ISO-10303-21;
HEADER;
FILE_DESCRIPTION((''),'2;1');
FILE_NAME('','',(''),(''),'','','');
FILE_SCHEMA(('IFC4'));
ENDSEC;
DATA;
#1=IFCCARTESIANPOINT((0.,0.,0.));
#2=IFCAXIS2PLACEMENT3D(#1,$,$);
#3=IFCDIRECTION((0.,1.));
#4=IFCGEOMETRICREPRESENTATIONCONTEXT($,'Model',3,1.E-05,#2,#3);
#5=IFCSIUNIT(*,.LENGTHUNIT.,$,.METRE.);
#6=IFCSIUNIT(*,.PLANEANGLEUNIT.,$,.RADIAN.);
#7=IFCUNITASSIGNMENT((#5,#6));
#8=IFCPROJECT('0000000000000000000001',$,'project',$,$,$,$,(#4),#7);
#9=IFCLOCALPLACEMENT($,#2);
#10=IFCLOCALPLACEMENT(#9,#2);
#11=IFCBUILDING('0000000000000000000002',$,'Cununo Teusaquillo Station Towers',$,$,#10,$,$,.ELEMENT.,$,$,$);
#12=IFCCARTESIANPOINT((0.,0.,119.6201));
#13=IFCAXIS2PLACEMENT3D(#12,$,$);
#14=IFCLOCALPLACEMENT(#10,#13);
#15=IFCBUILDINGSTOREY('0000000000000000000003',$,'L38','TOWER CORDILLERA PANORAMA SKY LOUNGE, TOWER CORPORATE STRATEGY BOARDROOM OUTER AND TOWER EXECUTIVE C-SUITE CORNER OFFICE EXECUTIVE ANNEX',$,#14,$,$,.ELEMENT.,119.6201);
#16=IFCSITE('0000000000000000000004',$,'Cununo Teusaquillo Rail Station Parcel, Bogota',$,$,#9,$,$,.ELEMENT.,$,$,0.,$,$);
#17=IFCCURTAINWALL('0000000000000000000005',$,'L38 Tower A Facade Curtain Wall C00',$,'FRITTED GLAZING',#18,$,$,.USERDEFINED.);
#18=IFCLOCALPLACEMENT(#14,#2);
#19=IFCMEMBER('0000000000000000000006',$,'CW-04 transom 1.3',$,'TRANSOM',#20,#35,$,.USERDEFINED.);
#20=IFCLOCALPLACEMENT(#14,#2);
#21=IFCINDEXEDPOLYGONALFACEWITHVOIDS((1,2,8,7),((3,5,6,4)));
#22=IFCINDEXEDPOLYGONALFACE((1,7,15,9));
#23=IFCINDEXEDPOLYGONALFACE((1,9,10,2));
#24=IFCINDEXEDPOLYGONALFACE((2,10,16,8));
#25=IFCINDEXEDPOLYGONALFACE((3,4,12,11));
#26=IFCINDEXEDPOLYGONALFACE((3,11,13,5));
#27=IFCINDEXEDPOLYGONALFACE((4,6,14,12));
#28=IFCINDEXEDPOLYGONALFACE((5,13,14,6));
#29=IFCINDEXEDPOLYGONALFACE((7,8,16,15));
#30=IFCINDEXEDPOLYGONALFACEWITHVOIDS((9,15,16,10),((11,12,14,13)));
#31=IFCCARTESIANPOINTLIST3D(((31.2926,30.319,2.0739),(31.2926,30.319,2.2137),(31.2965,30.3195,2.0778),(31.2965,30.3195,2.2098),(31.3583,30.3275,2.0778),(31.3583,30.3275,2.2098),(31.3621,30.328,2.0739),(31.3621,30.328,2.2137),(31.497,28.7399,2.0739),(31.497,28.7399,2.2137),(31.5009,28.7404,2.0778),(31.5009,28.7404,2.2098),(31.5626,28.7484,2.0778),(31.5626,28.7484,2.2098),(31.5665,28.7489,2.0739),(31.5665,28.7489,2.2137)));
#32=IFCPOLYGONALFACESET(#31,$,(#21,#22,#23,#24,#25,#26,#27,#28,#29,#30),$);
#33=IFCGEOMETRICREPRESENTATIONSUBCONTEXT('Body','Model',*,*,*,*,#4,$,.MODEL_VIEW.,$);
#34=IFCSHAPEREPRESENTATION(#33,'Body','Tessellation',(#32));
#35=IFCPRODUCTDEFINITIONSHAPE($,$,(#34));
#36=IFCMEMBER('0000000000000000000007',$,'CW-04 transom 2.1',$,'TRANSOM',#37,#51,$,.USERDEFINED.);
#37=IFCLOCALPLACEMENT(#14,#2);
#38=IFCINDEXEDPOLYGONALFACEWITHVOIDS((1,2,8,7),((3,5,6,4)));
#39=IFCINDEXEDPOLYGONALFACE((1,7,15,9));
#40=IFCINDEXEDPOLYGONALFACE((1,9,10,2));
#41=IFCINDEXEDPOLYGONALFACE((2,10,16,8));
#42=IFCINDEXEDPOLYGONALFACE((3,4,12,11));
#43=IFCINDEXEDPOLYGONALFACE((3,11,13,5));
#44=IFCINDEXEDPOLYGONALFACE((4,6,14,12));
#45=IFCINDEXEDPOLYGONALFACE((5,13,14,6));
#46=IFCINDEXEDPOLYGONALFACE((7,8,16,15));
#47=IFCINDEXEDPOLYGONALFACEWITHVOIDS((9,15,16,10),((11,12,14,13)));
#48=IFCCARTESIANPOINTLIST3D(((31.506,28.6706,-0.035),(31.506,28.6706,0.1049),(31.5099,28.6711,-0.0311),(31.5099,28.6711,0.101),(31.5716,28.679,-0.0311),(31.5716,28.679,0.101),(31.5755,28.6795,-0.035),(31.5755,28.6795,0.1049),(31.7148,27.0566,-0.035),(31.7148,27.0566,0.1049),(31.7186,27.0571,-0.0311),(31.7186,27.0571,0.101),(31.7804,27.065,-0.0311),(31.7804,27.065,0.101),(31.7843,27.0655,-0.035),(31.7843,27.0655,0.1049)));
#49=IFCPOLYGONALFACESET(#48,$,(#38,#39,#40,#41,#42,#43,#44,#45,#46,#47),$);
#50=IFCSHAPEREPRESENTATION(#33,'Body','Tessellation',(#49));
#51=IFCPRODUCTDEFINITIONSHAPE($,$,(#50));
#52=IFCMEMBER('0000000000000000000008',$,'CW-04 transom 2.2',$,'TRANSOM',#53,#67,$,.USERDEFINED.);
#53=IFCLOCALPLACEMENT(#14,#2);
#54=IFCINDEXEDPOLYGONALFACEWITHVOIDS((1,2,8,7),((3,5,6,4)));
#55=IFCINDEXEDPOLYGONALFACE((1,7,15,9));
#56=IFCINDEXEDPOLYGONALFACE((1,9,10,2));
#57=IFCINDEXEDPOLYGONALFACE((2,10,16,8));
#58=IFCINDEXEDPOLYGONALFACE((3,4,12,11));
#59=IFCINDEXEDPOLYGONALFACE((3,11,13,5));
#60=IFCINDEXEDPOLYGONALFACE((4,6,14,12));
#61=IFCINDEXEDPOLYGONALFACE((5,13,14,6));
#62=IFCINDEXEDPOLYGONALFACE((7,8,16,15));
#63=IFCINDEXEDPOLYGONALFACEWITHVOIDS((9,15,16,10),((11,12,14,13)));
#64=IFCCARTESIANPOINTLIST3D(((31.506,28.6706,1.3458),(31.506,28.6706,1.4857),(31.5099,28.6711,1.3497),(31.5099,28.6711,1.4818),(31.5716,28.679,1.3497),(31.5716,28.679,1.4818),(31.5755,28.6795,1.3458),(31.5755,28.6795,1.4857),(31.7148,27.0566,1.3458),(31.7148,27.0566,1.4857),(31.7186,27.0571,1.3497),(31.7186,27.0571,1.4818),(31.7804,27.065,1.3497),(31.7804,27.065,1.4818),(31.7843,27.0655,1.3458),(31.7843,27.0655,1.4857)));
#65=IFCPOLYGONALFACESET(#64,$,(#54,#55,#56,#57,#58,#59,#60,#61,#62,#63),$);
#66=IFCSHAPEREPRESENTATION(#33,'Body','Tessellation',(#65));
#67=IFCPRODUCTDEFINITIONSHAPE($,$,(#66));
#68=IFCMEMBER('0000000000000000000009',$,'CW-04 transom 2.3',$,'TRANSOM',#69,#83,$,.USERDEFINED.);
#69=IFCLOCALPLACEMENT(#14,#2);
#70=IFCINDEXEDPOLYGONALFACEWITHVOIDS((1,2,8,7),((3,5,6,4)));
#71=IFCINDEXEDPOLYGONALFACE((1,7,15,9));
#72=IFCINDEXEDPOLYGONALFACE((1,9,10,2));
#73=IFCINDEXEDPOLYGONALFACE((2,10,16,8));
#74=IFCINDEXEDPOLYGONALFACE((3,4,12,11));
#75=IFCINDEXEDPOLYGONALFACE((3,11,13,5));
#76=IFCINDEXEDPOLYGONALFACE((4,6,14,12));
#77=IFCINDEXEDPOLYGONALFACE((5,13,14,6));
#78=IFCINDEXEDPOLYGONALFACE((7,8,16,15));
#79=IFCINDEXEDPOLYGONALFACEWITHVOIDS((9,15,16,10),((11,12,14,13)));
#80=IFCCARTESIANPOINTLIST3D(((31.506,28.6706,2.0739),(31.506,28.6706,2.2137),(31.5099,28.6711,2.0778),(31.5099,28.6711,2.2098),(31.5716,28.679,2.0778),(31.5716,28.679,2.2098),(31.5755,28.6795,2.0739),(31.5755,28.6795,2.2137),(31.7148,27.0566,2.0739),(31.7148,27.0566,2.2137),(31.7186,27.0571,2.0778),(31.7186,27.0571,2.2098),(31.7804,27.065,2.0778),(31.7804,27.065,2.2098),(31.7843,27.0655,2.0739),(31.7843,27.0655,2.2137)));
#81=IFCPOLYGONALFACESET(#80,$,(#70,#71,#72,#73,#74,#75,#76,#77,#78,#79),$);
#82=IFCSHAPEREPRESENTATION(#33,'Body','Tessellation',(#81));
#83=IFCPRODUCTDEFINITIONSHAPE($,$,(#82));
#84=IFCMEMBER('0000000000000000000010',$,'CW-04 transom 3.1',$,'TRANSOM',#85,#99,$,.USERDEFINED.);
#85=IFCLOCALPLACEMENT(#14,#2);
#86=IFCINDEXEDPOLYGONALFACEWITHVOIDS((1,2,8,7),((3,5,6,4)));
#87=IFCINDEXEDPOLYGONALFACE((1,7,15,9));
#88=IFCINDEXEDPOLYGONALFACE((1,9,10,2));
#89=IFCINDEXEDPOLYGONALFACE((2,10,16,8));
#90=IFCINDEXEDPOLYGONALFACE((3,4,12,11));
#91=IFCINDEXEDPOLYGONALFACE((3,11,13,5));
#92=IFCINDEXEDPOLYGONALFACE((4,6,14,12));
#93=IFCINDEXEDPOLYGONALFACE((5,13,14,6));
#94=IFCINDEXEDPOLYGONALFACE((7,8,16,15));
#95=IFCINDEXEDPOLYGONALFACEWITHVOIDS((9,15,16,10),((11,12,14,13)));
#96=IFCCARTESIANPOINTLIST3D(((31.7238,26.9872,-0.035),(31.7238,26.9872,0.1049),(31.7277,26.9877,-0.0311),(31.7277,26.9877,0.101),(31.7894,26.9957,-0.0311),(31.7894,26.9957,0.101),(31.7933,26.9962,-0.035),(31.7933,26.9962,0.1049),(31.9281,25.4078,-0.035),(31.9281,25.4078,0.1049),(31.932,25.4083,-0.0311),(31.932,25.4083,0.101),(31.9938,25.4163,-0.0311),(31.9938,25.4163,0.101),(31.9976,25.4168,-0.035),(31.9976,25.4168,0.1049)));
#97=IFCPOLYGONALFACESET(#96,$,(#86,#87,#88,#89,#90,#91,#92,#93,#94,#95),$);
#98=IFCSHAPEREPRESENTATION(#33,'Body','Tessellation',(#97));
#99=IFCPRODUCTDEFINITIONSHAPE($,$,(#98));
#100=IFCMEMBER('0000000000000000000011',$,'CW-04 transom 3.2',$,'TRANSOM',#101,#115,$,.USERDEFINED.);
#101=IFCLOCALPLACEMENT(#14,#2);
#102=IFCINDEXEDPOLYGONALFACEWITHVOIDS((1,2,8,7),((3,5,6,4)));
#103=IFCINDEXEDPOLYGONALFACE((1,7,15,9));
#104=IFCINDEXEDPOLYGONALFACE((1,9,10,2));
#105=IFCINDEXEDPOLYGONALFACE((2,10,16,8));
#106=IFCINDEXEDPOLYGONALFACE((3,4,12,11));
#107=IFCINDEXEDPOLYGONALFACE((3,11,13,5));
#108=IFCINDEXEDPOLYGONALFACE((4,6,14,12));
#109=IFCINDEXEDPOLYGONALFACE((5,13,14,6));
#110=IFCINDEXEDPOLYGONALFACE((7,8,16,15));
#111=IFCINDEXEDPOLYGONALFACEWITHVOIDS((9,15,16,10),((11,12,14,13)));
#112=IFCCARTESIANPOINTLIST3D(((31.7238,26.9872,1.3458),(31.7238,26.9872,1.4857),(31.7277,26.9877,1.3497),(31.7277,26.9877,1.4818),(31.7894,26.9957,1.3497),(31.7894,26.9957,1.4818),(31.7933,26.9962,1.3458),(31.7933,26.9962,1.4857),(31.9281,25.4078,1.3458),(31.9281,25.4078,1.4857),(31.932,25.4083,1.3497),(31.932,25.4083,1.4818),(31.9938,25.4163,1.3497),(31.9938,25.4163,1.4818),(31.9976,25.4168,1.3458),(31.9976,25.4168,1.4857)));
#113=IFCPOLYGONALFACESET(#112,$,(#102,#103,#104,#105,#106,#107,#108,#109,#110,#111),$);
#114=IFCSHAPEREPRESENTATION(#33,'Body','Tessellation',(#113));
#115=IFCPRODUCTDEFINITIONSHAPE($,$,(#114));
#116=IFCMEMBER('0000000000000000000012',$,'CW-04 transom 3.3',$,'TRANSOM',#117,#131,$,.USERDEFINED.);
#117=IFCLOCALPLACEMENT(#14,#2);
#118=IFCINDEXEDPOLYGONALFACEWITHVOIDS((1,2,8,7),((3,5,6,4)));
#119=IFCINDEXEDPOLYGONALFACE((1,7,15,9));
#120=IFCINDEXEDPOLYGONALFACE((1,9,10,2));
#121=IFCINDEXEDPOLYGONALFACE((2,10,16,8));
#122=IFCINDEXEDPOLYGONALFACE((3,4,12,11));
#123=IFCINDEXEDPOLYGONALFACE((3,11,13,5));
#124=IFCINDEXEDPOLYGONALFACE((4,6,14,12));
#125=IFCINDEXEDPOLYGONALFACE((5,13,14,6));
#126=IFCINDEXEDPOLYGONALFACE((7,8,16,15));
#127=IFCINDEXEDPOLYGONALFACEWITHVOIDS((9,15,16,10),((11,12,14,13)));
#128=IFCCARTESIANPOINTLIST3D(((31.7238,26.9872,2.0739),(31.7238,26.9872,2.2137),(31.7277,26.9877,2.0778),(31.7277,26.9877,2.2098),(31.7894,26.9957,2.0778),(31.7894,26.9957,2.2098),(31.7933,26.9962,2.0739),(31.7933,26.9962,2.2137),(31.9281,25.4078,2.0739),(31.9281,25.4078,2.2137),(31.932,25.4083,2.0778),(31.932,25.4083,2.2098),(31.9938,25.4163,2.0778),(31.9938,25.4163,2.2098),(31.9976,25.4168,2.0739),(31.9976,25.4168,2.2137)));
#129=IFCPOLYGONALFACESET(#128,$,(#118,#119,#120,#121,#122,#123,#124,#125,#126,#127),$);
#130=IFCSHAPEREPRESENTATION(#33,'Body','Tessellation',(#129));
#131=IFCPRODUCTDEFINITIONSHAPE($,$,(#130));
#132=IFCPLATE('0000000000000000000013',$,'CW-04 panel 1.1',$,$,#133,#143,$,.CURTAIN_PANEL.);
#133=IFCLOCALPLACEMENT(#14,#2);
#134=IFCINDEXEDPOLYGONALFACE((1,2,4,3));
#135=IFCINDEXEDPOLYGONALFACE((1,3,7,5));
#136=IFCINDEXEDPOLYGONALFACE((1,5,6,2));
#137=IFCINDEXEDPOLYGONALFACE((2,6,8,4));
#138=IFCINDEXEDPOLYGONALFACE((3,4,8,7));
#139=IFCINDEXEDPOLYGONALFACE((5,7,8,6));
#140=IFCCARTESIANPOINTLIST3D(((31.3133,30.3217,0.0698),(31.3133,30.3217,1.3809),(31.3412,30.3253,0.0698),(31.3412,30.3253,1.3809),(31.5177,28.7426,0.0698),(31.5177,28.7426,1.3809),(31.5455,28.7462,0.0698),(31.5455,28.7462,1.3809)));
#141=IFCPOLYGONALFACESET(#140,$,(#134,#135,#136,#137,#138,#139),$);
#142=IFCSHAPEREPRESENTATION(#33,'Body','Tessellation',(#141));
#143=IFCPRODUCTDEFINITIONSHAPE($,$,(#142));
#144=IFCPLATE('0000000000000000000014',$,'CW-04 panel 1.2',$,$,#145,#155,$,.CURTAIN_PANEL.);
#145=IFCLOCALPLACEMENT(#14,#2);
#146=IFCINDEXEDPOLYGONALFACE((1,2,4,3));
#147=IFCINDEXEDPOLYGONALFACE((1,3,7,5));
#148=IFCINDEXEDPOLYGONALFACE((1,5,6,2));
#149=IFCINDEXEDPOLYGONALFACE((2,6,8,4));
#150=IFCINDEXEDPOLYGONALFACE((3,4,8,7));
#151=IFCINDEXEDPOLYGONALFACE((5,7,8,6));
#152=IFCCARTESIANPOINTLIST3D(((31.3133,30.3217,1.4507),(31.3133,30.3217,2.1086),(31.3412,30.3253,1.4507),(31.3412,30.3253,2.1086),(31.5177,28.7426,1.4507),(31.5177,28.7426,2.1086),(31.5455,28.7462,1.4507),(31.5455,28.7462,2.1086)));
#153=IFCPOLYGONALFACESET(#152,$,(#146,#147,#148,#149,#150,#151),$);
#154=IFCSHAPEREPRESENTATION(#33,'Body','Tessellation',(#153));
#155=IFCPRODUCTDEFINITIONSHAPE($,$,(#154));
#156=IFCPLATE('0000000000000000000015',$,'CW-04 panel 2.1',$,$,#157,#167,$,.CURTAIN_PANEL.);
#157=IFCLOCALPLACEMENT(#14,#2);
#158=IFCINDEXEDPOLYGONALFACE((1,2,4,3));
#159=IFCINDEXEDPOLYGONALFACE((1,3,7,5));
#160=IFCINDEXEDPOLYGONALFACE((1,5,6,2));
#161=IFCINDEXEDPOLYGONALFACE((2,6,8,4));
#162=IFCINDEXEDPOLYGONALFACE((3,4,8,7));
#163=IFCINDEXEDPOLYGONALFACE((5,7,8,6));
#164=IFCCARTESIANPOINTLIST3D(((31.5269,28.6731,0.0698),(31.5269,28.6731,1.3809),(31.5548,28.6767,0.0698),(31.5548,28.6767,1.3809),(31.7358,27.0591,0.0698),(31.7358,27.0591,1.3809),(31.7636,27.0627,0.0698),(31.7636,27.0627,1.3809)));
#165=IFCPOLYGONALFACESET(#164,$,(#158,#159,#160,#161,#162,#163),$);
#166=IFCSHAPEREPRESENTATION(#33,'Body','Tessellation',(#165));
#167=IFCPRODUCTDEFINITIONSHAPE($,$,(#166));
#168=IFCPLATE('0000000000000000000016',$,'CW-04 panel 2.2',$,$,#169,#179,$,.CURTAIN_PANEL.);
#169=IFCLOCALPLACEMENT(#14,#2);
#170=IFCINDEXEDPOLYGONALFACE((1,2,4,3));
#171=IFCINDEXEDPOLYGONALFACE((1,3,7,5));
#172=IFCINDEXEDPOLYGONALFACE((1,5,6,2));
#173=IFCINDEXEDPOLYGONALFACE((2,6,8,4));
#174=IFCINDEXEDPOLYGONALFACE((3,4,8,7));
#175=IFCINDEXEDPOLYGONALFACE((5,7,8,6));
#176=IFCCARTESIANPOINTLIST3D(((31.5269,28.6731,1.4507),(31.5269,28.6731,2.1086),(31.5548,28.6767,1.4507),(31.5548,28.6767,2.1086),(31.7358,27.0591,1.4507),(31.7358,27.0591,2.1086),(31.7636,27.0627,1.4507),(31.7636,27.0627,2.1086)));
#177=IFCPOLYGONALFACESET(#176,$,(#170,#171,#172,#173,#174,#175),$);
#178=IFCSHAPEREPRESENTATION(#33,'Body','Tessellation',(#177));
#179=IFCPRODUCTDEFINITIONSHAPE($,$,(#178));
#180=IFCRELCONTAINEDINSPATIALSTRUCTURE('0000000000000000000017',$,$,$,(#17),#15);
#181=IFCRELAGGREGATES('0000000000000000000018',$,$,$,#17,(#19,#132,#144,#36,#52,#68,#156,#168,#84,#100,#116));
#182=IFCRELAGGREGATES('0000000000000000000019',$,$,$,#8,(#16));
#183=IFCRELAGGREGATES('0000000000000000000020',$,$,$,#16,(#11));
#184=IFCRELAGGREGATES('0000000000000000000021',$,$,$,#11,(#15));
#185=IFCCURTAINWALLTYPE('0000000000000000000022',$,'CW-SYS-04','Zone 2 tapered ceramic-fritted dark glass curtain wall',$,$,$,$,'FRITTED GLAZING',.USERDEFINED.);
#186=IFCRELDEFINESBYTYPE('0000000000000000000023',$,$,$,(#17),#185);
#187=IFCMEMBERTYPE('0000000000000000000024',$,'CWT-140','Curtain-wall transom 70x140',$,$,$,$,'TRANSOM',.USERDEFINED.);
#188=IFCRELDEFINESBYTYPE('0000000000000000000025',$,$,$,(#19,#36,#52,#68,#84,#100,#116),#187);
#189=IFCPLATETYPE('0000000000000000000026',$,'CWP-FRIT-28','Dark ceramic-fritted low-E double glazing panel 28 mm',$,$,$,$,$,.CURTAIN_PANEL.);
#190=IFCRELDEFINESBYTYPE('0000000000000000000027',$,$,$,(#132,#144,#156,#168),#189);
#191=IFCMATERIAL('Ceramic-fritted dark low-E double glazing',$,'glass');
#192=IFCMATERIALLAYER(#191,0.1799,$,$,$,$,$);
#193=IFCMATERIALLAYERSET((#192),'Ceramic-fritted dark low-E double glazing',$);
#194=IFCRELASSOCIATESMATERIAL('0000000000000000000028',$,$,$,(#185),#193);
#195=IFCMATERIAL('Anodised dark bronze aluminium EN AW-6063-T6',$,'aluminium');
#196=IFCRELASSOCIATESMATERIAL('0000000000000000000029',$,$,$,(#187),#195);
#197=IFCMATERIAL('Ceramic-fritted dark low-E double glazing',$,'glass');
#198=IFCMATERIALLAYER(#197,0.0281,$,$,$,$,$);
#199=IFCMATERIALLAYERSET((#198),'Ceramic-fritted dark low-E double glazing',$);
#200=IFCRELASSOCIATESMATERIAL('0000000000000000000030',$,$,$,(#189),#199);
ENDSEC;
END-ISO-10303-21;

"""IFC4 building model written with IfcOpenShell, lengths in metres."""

from ifc_helpers import new_model, si_unit, direction, frame, origin, origin_2d, place, context, subcontext, project, spatial, rectangle, hollow_rectangle, extrude, source, transform, mapped, material, layer, layer_set, material_profile, profile_set, type_object, element, aggregate, save


model = new_model("IFC4")

# Units and contexts
model_context = context("Model", 3, precision=1e-05, world=origin(), true_north=direction((0.0, 1.0)))
body_context = subcontext(model_context, "Body", "Model", "MODEL_VIEW")
ifc_project = project(units=[si_unit("LENGTHUNIT", "METRE"), si_unit("PLANEANGLEUNIT", "RADIAN")], contexts=[model_context])

# Site, building, storey
site_placement = place(None, origin())
site = spatial("IfcSite", under=ifc_project, at=site_placement, Name="Cununo Teusaquillo Rail Station Parcel, Bogota", CompositionType="ELEMENT", RefElevation=0.0)
building_placement = place(site_placement, origin())
building = spatial("IfcBuilding", under=site, at=building_placement, Name="Cununo Teusaquillo Station Towers", CompositionType="ELEMENT")
storey_placement = place(building_placement, frame((0.0, 0.0, 119.6201)))
storey = spatial("IfcBuildingStorey", under=building, at=storey_placement, Name="L38", Description="TOWER CORDILLERA PANORAMA SKY LOUNGE, TOWER CORPORATE STRATEGY BOARDROOM OUTER AND TOWER EXECUTIVE C-SUITE CORNER OFFICE EXECUTIVE ANNEX", CompositionType="ELEMENT", Elevation=119.6201)

# Curtain wall, members, plates
ifc_material_1 = material(Name="Ceramic-fritted dark low-E double glazing", Category="glass")
ifc_layer_1 = layer(ifc_material_1, 0.1799)
ifc_layer_set_1 = layer_set([ifc_layer_1], Name="Ceramic-fritted dark low-E double glazing")
curtain_wall_type = type_object("IfcCurtainWallType", Name="CW-SYS-04", Description="Zone 2 tapered ceramic-fritted dark glass curtain wall", ElementType="FRITTED GLAZING", PredefinedType="USERDEFINED", material=ifc_layer_set_1)
curtain_wall_placement = place(storey_placement, origin())
curtain_wall = element("IfcCurtainWall", 1, at=curtain_wall_placement, inside=storey, type_object=curtain_wall_type, Name="L38 Tower A Facade Curtain Wall C00", ObjectType="FRITTED GLAZING", PredefinedType="USERDEFINED")
ifc_material_2 = material(Name="Anodised dark bronze aluminium EN AW-6063-T6", Category="aluminium")
ifc_material_profile_1 = material_profile(ifc_material_2, hollow_rectangle(XDim=0.0701, YDim=0.1399, WallThickness=0.0039, at=origin_2d()), Name="CW-TRAN-70x140")
ifc_profile_set_1 = profile_set([ifc_material_profile_1], Name="Anodised dark bronze aluminium EN AW-6063-T6")
member_type_1 = type_object("IfcMemberType", Name="CWT-140", Description="Curtain-wall transom 70x140", ElementType="TRANSOM", PredefinedType="USERDEFINED", material=ifc_profile_set_1)
member_1_placement = place(storey_placement, frame((31.3274, 30.3235, 2.1438), z_axis=(0.128336, -0.991731, 0.0), x_axis=(0.991731, 0.128336, 0.0)))
member_1 = element("IfcMember", 2, at=member_1_placement, type_object=member_type_1, Name="CW-04 transom 1.3", ObjectType="TRANSOM", PredefinedType="USERDEFINED", context=body_context, shape_type="SweptSolid", body=[
    extrude(hollow_rectangle(XDim=0.0701, YDim=0.1399, WallThickness=0.0039, at=origin_2d()), origin(), (0.0, 0.0, 1.0), 1.5923),
])
member_2_placement = place(storey_placement, frame((31.5408, 28.675, 0.0349), z_axis=(0.128262, -0.99174, 0.0), x_axis=(0.99174, 0.128262, 0.0)))
member_2 = element("IfcMember", 3, at=member_2_placement, type_object=member_type_1, Name="CW-04 transom 2.1", ObjectType="TRANSOM", PredefinedType="USERDEFINED", context=body_context, shape_type="SweptSolid", body=[
    extrude(hollow_rectangle(XDim=0.0701, YDim=0.1399, WallThickness=0.0039, at=origin_2d()), origin(), (0.0, 0.0, 1.0), 1.6274),
])
member_3_placement = place(storey_placement, frame((31.5408, 28.675, 1.4158), z_axis=(0.128262, -0.99174, 0.0), x_axis=(0.99174, 0.128262, 0.0)))
member_3 = element("IfcMember", 4, at=member_3_placement, type_object=member_type_1, Name="CW-04 transom 2.2", ObjectType="TRANSOM", PredefinedType="USERDEFINED", context=body_context, shape_type="SweptSolid", body=[
    extrude(hollow_rectangle(XDim=0.0701, YDim=0.1399, WallThickness=0.0039, at=origin_2d()), origin(), (0.0, 0.0, 1.0), 1.6274),
])
member_4_placement = place(storey_placement, frame((31.5408, 28.675, 2.1438), z_axis=(0.128262, -0.99174, 0.0), x_axis=(0.99174, 0.128262, 0.0)))
member_4 = element("IfcMember", 5, at=member_4_placement, type_object=member_type_1, Name="CW-04 transom 2.3", ObjectType="TRANSOM", PredefinedType="USERDEFINED", context=body_context, shape_type="SweptSolid", body=[
    extrude(hollow_rectangle(XDim=0.0701, YDim=0.1399, WallThickness=0.0039, at=origin_2d()), origin(), (0.0, 0.0, 1.0), 1.6274),
])
member_5_placement = place(storey_placement, frame((31.7585, 26.9917, 0.0349), z_axis=(0.128317, -0.991733, 0.0), x_axis=(0.991733, 0.128317, 0.0)))
member_5 = element("IfcMember", 6, at=member_5_placement, type_object=member_type_1, Name="CW-04 transom 3.1", ObjectType="TRANSOM", PredefinedType="USERDEFINED", context=body_context, shape_type="SweptSolid", body=[
    extrude(hollow_rectangle(XDim=0.0701, YDim=0.1399, WallThickness=0.0039, at=origin_2d()), origin(), (0.0, 0.0, 1.0), 1.5925),
])
member_6_placement = place(storey_placement, frame((31.7585, 26.9917, 1.4158), z_axis=(0.128317, -0.991733, 0.0), x_axis=(0.991733, 0.128317, 0.0)))
member_6 = element("IfcMember", 7, at=member_6_placement, type_object=member_type_1, Name="CW-04 transom 3.2", ObjectType="TRANSOM", PredefinedType="USERDEFINED", context=body_context, shape_type="SweptSolid", body=[
    extrude(hollow_rectangle(XDim=0.0701, YDim=0.1399, WallThickness=0.0039, at=origin_2d()), origin(), (0.0, 0.0, 1.0), 1.5925),
])
member_7_placement = place(storey_placement, frame((31.7585, 26.9917, 2.1438), z_axis=(0.128317, -0.991733, 0.0), x_axis=(0.991733, 0.128317, 0.0)))
member_7 = element("IfcMember", 8, at=member_7_placement, type_object=member_type_1, Name="CW-04 transom 3.3", ObjectType="TRANSOM", PredefinedType="USERDEFINED", context=body_context, shape_type="SweptSolid", body=[
    extrude(hollow_rectangle(XDim=0.0701, YDim=0.1399, WallThickness=0.0039, at=origin_2d()), origin(), (0.0, 0.0, 1.0), 1.5925),
])
ifc_material_3 = material(Name="Ceramic-fritted dark low-E double glazing", Category="glass")
ifc_layer_2 = layer(ifc_material_3, 0.0281)
ifc_layer_set_2 = layer_set([ifc_layer_2], Name="Ceramic-fritted dark low-E double glazing")
plate_type = type_object("IfcPlateType", Name="CWP-FRIT-28", Description="Dark ceramic-fritted low-E double glazing panel 28 mm", PredefinedType="CURTAIN_PANEL", material=ifc_layer_set_2)
shared_shape_1 = source(origin(), body_context, "Body", "SweptSolid", [
    extrude(rectangle(XDim=1.5923, YDim=0.0281, at=origin_2d()), origin(), (0.0, 0.0, 1.0), 1.311),
])
plate_1_placement = place(storey_placement, frame((31.4294, 29.5339, 0.0698), z_axis=(0.0, 0.0, 1.0), x_axis=(0.128336, -0.991731, 0.0)))
plate_1 = element("IfcPlate", 9, at=plate_1_placement, type_object=plate_type, Name="CW-04 panel 1.1", PredefinedType="CURTAIN_PANEL", context=body_context, shape_type="MappedRepresentation", body=[
    mapped(shared_shape_1, transform((0.0, 0.0, 0.0), x_axis=(1.0, 0.0, 0.0), y_axis=(0.0, 1.0, 0.0), z_axis=(0.0, 0.0, 1.0), scale=1.0)),
])
shared_shape_2 = source(origin(), body_context, "Body", "SweptSolid", [
    extrude(rectangle(XDim=1.5923, YDim=0.0281, at=origin_2d()), origin(), (0.0, 0.0, 1.0), 0.658),
])
plate_2_placement = place(storey_placement, frame((31.4294, 29.5339, 1.4507), z_axis=(0.0, 0.0, 1.0), x_axis=(0.128336, -0.991731, 0.0)))
plate_2 = element("IfcPlate", 10, at=plate_2_placement, type_object=plate_type, Name="CW-04 panel 1.2", PredefinedType="CURTAIN_PANEL", context=body_context, shape_type="MappedRepresentation", body=[
    mapped(shared_shape_2, transform((0.0, 0.0, 0.0), x_axis=(1.0, 0.0, 0.0), y_axis=(0.0, 1.0, 0.0), z_axis=(0.0, 0.0, 1.0), scale=1.0)),
])
shared_shape_3 = source(origin(), body_context, "Body", "SweptSolid", [
    extrude(rectangle(XDim=1.6274, YDim=0.0281, at=origin_2d()), origin(), (0.0, 0.0, 1.0), 1.311),
])
plate_3_placement = place(storey_placement, frame((31.6453, 27.8679, 0.0698), z_axis=(0.0, 0.0, 1.0), x_axis=(0.128336, -0.991731, 0.0)))
plate_3 = element("IfcPlate", 11, at=plate_3_placement, type_object=plate_type, Name="CW-04 panel 2.1", PredefinedType="CURTAIN_PANEL", context=body_context, shape_type="MappedRepresentation", body=[
    mapped(shared_shape_3, transform((0.0, 0.0, 0.0), x_axis=(1.0, 0.0, 0.0), y_axis=(0.0, 1.0, 0.0), z_axis=(0.0, 0.0, 1.0), scale=1.0)),
])
shared_shape_4 = source(origin(), body_context, "Body", "SweptSolid", [
    extrude(rectangle(XDim=1.6274, YDim=0.0281, at=origin_2d()), origin(), (0.0, 0.0, 1.0), 0.658),
])
plate_4_placement = place(storey_placement, frame((31.6453, 27.8679, 1.4507), z_axis=(0.0, 0.0, 1.0), x_axis=(0.128336, -0.991731, 0.0)))
plate_4 = element("IfcPlate", 12, at=plate_4_placement, type_object=plate_type, Name="CW-04 panel 2.2", PredefinedType="CURTAIN_PANEL", context=body_context, shape_type="MappedRepresentation", body=[
    mapped(shared_shape_4, transform((0.0, 0.0, 0.0), x_axis=(1.0, 0.0, 0.0), y_axis=(0.0, 1.0, 0.0), z_axis=(0.0, 0.0, 1.0), scale=1.0)),
])
aggregate(curtain_wall, [member_1, plate_1, plate_2, member_2, member_3, member_4, plate_3, plate_4, member_5, member_6, member_7])

save(model, "model.ifc")
